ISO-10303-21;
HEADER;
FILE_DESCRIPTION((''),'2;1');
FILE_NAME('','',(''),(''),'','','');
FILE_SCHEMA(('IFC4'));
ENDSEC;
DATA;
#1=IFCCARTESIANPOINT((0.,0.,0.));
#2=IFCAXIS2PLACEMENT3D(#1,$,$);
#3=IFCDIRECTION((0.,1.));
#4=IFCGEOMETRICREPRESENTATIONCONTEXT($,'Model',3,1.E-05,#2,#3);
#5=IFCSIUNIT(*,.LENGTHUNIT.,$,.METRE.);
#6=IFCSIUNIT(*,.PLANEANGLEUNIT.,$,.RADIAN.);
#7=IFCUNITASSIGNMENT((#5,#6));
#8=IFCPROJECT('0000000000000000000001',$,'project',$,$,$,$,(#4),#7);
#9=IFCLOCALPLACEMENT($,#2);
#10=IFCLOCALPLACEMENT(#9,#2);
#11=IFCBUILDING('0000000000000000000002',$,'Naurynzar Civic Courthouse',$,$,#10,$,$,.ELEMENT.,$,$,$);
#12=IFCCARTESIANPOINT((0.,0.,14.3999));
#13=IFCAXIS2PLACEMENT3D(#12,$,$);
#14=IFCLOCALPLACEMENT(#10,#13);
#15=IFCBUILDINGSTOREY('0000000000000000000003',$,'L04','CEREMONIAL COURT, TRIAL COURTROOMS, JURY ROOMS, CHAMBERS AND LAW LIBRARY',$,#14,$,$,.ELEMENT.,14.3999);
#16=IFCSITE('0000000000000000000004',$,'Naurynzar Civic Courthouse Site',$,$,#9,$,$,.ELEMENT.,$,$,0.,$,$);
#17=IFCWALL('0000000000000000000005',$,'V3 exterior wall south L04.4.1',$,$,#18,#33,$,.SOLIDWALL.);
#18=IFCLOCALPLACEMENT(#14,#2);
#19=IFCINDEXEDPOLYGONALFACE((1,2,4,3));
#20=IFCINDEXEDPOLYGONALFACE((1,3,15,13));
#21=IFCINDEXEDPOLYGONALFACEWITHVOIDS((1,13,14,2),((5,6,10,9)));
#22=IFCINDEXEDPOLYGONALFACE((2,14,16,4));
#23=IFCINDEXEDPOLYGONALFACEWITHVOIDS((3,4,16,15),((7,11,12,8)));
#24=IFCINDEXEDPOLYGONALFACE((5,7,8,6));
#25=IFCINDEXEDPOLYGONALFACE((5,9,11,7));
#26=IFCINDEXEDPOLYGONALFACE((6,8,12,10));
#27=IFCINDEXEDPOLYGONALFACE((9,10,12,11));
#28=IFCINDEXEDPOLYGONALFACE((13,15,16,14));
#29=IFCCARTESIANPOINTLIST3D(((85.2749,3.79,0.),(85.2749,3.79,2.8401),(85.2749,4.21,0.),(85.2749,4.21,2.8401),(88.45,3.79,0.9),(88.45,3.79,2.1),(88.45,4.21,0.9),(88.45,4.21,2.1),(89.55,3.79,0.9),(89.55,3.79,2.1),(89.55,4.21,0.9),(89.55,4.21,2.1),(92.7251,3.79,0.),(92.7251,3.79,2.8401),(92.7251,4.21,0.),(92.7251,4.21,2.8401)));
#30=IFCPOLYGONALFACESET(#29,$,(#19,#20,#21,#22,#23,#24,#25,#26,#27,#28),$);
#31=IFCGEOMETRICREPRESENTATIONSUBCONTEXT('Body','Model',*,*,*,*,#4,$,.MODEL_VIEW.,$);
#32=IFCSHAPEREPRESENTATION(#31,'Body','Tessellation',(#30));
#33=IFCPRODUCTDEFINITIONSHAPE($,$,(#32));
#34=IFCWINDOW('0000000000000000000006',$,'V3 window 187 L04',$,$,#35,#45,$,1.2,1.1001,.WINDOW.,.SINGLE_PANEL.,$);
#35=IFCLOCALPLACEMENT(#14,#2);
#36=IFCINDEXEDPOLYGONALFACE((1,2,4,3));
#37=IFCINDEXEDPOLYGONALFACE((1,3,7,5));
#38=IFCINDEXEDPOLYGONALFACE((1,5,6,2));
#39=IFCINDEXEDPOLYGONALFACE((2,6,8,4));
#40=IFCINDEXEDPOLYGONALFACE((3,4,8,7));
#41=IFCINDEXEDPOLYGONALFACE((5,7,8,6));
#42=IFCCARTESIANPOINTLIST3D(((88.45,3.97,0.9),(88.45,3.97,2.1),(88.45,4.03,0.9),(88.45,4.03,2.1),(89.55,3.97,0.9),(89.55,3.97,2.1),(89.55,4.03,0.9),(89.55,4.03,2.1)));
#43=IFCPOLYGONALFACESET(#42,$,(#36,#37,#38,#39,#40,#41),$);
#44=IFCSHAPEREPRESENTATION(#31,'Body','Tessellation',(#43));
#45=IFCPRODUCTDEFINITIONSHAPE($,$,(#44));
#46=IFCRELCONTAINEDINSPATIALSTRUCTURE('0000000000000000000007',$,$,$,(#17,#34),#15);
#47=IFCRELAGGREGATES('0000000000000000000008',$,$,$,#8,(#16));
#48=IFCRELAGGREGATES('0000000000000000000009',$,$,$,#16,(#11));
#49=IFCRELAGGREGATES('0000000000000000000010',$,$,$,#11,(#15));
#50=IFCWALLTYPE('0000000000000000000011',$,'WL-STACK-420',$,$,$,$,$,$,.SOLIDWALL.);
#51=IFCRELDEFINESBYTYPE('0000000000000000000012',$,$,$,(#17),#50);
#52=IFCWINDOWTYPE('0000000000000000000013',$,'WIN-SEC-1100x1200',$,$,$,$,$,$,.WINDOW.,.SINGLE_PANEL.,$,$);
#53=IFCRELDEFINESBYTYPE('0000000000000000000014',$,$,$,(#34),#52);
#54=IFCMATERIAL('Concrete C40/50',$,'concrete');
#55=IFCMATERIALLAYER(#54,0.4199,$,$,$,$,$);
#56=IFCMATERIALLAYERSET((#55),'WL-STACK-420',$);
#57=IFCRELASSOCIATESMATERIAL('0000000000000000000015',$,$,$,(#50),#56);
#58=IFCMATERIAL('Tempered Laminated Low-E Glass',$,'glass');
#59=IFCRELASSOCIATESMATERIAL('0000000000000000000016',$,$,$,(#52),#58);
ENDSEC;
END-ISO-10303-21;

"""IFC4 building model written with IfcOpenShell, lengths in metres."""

from ifc_helpers import new_model, si_unit, direction, frame, frame_2d, origin, place, context, subcontext, project, spatial, rectangle, extrude, material, layer, layer_set, type_object, element, fill, save


model = new_model("IFC4")

# Units and contexts
model_context = context("Model", 3, precision=1e-05, world=origin(), true_north=direction((0.0, 1.0)))
body_context = subcontext(model_context, "Body", "Model", "MODEL_VIEW")
ifc_project = project(units=[si_unit("LENGTHUNIT", "METRE"), si_unit("PLANEANGLEUNIT", "RADIAN")], contexts=[model_context])

# Site, building, storey
site_placement = place(None, origin())
site = spatial("IfcSite", under=ifc_project, at=site_placement, Name="Naurynzar Civic Courthouse Site", CompositionType="ELEMENT", RefElevation=0.0)
building_placement = place(site_placement, origin())
building = spatial("IfcBuilding", under=site, at=building_placement, Name="Naurynzar Civic Courthouse", CompositionType="ELEMENT")
storey_placement = place(building_placement, frame((0.0, 0.0, 14.3999)))
storey = spatial("IfcBuildingStorey", under=building, at=storey_placement, Name="L04", Description="CEREMONIAL COURT, TRIAL COURTROOMS, JURY ROOMS, CHAMBERS AND LAW LIBRARY", CompositionType="ELEMENT", Elevation=14.3999)

# Wall, opening, window
ifc_material_1 = material(Name="Concrete C40/50", Category="concrete")
ifc_layer = layer(ifc_material_1, 0.4199)
ifc_layer_set = layer_set([ifc_layer], Name="WL-STACK-420")
wall_type = type_object("IfcWallType", Name="WL-STACK-420", PredefinedType="SOLIDWALL", material=ifc_layer_set)
wall_placement = place(storey_placement, frame((92.7251, 4.0, 0.0), z_axis=(0.0, 0.0, 1.0), x_axis=(-1.0, 0.0, 0.0)))
wall = element("IfcWall", 1, at=wall_placement, inside=storey, type_object=wall_type, Name="V3 exterior wall south L04.4.1", PredefinedType="SOLIDWALL", context=body_context, shape_type="SweptSolid", body=[
    extrude(rectangle(XDim=7.4502, YDim=0.4199, at=frame_2d((3.7251, 0.0))), origin(), (0.0, 0.0, 1.0), 2.8401),
])
opening_placement = place(wall_placement, frame((3.175, 0.0, 0.8999)))
opening = element("IfcOpeningElement", 2, at=opening_placement, cuts=wall, PredefinedType="OPENING", context=body_context, shape_type="SweptSolid", body=[
    extrude(rectangle(XDim=1.1001, YDim=1.2, at=frame_2d((0.55, 0.6001))), frame((0.0, 0.22, 0.0), z_axis=(0.0, -1.0, 0.0), x_axis=(1.0, 0.0, 0.0)), (0.0, 0.0, 1.0), 0.4399),
])
ifc_material_2 = material(Name="Tempered Laminated Low-E Glass", Category="glass")
window_type = type_object("IfcWindowType", Name="WIN-SEC-1100x1200", PartitioningType="SINGLE_PANEL", PredefinedType="WINDOW", material=ifc_material_2)
window_placement = place(opening_placement, origin())
window = element("IfcWindow", 3, at=window_placement, inside=storey, type_object=window_type, Name="V3 window 187 L04", OverallHeight=1.2, OverallWidth=1.1001, PartitioningType="SINGLE_PANEL", PredefinedType="WINDOW", context=body_context, shape_type="SweptSolid", body=[
    extrude(rectangle(XDim=1.1001, YDim=1.2, at=frame_2d((0.55, 0.6001))), frame((0.0, 0.03, 0.0), z_axis=(0.0, -1.0, 0.0), x_axis=(1.0, 0.0, 0.0)), (0.0, 0.0, 1.0), 0.0601),
])
fill(opening, window)

save(model, "model.ifc")
